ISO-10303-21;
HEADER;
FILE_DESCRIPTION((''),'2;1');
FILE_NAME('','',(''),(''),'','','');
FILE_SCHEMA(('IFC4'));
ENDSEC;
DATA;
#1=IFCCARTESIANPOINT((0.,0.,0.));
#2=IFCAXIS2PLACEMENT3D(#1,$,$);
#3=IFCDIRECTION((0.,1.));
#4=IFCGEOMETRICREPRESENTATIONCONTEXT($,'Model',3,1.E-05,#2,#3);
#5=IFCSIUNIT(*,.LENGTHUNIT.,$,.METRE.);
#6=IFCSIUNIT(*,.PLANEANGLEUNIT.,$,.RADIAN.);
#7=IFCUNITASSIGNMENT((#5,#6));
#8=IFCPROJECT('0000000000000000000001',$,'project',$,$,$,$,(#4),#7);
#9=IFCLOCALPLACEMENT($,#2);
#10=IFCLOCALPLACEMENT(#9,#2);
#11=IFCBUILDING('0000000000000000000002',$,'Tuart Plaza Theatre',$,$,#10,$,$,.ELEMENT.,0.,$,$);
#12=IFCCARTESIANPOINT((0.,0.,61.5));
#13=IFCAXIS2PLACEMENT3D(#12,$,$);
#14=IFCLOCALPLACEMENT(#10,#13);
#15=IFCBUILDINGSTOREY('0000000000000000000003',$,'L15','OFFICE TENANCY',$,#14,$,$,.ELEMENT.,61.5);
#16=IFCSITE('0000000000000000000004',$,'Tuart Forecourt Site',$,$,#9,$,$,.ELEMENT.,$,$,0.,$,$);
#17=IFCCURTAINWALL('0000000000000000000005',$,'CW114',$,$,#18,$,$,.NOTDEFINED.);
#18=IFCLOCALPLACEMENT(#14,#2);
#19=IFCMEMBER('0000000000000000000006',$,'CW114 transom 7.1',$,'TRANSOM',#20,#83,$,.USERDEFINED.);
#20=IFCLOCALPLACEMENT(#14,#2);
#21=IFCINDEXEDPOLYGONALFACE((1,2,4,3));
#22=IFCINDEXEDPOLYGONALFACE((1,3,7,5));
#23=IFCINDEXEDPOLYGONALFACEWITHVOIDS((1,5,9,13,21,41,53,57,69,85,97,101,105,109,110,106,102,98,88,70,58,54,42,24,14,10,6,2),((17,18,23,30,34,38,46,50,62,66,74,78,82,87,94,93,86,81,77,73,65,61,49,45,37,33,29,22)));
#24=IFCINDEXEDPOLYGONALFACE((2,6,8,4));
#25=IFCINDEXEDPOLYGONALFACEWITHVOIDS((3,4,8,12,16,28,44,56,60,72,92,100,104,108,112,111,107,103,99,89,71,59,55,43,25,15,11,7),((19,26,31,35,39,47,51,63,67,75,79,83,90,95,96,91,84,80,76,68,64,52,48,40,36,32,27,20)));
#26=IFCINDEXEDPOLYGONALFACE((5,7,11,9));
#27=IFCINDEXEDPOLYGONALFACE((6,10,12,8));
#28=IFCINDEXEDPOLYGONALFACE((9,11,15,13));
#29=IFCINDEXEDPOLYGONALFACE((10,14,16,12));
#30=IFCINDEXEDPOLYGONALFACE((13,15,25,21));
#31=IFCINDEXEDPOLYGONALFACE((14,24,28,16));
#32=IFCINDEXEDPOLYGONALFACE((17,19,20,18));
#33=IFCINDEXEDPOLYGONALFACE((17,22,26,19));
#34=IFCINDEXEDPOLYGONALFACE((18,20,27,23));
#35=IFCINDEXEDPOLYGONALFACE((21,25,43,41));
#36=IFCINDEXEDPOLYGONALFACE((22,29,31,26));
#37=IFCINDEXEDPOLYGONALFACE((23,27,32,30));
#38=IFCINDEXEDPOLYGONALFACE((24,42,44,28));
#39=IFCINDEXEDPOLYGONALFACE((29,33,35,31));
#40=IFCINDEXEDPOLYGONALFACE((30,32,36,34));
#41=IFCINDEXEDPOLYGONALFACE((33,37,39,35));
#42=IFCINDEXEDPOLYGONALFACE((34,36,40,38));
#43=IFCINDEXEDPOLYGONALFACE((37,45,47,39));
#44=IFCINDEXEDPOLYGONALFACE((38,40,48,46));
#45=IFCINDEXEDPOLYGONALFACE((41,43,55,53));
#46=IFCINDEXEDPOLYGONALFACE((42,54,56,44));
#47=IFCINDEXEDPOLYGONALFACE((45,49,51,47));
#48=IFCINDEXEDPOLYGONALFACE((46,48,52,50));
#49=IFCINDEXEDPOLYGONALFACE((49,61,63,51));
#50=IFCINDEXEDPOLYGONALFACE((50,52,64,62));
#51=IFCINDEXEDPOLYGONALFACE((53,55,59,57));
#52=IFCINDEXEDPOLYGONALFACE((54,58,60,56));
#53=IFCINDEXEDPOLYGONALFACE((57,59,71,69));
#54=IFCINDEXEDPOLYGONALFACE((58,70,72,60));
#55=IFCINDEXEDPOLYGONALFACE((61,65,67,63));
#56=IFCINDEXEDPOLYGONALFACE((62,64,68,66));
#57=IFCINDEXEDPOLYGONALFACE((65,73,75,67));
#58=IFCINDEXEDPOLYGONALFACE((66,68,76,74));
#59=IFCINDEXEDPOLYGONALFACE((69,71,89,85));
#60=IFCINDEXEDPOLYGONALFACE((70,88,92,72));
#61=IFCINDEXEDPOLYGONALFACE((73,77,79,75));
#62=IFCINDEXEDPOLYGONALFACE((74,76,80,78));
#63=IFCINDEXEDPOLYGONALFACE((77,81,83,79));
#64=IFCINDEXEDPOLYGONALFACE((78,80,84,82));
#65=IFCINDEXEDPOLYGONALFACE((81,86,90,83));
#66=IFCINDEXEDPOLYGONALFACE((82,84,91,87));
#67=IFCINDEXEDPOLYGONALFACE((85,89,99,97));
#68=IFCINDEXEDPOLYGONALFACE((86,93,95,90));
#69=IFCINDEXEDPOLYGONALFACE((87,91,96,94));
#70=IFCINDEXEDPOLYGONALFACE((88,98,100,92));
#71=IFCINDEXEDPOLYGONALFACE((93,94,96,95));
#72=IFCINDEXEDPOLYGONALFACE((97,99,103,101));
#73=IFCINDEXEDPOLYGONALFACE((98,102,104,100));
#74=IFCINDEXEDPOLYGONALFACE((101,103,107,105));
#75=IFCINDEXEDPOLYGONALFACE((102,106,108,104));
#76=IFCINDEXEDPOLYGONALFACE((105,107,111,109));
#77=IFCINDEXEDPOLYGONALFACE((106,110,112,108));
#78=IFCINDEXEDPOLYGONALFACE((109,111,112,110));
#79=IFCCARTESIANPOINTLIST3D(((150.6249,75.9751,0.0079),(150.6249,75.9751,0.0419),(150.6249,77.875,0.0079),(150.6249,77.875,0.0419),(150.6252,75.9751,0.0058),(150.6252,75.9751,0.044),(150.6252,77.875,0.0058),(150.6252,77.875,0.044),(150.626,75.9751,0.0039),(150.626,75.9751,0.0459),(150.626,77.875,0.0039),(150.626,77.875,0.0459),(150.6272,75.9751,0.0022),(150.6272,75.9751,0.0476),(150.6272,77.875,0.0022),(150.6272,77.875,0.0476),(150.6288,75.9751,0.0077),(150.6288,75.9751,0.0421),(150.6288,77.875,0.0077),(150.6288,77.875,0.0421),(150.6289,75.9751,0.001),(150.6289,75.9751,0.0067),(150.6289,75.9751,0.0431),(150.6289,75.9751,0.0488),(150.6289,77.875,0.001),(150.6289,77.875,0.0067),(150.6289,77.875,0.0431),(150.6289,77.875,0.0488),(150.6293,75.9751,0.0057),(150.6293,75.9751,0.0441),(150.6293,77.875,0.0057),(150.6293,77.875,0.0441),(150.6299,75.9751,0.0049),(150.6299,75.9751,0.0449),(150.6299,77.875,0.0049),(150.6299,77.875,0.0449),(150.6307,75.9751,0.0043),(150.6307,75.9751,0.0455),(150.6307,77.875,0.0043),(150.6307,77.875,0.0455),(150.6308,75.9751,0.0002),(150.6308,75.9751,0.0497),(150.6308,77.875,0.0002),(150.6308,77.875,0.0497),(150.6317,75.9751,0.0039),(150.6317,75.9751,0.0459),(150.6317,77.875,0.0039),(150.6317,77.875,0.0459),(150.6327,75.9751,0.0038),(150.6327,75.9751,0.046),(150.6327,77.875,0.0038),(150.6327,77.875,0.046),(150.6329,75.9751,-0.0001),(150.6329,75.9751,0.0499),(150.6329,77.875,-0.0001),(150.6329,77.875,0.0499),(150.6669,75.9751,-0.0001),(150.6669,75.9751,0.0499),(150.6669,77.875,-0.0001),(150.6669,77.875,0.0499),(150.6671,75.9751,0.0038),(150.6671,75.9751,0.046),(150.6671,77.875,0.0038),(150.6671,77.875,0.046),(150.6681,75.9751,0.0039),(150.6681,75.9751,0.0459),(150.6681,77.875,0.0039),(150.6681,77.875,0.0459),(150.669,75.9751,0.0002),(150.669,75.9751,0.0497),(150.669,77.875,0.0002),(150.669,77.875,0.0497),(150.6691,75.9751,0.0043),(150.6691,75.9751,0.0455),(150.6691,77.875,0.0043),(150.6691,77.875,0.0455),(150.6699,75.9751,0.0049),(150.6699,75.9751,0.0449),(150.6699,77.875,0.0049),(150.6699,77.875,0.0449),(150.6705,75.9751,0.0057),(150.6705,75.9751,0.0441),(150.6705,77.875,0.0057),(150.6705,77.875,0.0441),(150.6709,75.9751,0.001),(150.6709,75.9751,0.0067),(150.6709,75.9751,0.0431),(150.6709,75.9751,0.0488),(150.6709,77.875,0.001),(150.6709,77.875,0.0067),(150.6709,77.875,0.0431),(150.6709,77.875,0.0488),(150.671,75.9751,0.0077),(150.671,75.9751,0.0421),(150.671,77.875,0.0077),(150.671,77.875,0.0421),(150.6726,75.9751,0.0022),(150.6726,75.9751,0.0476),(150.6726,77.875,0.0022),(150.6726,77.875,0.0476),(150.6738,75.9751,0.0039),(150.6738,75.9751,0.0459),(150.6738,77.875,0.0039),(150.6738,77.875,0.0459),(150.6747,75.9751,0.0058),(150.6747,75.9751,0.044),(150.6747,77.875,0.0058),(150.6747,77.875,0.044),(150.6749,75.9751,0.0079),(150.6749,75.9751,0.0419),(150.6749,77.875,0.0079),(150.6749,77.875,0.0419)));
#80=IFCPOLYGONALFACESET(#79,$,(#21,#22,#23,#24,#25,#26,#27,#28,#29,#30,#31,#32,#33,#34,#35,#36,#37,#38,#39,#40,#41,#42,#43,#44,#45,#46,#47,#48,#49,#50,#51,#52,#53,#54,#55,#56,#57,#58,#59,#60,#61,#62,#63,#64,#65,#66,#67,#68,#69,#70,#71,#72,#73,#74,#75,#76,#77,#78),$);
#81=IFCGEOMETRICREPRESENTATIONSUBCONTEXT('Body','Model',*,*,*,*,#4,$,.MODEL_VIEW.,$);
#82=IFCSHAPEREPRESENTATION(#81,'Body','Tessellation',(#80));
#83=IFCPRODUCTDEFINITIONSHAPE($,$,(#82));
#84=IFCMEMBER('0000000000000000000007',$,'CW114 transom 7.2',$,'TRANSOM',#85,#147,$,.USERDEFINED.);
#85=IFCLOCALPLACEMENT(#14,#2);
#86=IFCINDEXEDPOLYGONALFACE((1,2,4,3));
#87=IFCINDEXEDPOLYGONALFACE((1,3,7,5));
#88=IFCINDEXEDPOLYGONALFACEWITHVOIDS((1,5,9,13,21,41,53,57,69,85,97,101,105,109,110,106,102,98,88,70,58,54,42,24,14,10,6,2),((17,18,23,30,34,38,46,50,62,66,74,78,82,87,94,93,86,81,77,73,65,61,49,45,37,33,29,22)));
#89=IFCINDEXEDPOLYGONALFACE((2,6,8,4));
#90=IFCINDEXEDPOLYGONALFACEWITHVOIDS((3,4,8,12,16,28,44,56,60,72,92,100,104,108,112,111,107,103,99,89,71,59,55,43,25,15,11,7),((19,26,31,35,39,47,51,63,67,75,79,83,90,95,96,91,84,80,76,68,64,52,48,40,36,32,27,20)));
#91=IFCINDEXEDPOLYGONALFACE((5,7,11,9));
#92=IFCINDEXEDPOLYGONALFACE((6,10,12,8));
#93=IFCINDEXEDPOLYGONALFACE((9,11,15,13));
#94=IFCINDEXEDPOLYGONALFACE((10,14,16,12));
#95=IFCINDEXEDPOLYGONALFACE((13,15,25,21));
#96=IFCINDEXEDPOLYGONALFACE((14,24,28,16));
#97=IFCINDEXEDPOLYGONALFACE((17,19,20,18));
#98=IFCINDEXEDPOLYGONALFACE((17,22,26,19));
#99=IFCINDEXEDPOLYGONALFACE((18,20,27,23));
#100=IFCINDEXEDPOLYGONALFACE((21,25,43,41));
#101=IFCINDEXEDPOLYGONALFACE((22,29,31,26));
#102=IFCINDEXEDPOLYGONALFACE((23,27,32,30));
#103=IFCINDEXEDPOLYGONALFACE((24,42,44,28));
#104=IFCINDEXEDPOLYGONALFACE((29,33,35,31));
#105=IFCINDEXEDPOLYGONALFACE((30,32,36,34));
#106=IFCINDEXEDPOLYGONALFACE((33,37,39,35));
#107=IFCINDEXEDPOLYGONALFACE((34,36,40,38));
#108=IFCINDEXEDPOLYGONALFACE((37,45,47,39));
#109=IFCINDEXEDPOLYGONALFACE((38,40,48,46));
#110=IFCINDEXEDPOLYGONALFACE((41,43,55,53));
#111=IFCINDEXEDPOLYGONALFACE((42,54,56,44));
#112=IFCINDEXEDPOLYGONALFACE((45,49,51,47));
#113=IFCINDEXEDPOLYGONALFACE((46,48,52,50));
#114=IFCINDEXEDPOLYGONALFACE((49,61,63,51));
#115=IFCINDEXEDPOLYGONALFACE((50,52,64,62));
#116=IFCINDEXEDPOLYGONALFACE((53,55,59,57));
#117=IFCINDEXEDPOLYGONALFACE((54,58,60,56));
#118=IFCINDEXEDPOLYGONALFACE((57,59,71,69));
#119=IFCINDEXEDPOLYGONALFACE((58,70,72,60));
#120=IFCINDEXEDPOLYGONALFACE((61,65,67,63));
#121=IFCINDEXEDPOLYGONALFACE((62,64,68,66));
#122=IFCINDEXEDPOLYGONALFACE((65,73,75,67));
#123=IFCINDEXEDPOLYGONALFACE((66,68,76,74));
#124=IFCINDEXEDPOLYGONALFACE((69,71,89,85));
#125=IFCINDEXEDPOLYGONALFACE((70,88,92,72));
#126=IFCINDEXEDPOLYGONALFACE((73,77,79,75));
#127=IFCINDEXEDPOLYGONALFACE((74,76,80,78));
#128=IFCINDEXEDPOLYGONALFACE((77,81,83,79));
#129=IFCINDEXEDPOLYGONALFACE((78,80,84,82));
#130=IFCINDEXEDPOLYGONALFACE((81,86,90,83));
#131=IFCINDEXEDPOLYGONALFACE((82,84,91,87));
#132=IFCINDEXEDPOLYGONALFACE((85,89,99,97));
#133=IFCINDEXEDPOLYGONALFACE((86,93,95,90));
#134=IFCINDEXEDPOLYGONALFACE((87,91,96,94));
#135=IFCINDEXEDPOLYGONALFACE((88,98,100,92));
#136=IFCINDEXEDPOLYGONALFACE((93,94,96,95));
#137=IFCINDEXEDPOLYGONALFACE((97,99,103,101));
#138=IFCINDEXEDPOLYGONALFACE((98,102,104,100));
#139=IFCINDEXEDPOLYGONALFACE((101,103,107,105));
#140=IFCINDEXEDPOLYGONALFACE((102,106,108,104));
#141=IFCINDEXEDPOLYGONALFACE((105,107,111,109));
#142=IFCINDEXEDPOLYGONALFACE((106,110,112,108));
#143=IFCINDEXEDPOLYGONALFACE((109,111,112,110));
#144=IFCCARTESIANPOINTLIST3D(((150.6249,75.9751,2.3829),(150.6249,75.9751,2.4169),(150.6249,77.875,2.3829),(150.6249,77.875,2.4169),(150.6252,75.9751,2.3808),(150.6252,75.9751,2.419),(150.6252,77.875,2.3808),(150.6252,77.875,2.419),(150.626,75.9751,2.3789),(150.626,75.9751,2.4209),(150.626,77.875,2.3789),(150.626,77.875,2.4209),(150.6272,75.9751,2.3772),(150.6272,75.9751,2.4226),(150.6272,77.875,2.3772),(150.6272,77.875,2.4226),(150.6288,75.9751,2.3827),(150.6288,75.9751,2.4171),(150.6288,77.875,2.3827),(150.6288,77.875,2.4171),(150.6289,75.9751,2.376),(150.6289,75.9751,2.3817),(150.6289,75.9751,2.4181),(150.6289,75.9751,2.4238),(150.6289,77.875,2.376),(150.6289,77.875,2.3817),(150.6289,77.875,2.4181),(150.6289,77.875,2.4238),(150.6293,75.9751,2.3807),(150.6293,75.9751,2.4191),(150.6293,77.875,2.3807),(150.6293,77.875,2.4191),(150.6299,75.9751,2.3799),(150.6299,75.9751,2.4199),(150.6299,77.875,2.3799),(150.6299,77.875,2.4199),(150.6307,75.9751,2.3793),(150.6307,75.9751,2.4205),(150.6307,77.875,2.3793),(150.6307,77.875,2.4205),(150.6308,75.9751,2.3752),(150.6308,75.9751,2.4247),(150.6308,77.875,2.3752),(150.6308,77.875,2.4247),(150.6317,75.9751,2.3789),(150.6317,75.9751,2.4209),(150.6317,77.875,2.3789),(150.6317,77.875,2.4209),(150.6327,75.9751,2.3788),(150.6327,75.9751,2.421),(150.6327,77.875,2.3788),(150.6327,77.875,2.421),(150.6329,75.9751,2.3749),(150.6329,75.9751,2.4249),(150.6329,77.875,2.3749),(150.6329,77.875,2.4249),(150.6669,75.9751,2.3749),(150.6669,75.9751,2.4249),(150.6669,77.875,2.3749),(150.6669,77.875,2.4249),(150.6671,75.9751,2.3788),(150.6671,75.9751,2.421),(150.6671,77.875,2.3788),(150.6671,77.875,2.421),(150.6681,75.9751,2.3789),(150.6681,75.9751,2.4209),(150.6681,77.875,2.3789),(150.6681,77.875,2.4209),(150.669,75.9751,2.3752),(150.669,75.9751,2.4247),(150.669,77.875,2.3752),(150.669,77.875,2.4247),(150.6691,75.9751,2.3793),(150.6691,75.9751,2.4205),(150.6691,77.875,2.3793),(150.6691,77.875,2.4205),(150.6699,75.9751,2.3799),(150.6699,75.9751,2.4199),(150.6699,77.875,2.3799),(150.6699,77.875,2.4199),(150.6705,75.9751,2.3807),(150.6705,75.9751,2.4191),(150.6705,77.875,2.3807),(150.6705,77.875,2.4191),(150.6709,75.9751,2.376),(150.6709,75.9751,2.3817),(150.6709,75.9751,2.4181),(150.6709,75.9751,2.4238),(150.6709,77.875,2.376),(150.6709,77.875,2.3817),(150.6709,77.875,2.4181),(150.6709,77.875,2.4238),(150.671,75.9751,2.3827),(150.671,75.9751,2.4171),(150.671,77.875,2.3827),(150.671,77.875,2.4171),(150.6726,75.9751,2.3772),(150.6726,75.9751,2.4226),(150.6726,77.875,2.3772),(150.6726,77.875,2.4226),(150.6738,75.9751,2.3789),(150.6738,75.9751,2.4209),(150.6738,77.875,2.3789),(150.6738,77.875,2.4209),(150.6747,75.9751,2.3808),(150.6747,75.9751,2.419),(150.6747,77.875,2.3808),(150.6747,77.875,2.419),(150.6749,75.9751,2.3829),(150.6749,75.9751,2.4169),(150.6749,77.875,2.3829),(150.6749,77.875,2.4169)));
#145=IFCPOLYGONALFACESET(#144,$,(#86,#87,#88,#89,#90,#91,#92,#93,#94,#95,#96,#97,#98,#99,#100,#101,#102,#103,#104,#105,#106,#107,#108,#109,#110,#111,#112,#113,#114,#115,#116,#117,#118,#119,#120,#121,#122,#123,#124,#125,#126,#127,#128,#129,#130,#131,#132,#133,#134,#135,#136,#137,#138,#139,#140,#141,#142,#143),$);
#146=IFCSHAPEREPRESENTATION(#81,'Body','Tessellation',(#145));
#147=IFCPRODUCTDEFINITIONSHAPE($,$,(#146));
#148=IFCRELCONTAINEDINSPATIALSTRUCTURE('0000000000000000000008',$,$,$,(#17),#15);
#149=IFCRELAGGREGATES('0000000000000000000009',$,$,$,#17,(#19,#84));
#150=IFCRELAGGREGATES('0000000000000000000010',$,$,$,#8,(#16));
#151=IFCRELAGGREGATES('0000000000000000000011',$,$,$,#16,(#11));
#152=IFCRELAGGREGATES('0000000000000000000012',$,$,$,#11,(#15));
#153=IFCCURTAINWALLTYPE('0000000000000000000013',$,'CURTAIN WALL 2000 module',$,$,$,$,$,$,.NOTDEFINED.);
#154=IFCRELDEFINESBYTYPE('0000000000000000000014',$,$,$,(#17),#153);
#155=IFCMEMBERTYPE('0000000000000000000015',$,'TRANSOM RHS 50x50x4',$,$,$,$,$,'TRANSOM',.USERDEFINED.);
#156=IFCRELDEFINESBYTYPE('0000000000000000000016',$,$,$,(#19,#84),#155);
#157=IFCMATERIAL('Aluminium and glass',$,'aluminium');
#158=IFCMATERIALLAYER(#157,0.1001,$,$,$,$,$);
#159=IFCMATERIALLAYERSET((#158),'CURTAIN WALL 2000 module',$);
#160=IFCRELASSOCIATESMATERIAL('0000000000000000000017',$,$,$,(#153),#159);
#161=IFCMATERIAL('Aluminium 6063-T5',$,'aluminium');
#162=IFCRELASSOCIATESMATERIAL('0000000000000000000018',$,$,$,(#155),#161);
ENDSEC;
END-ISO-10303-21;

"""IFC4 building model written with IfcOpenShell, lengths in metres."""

from ifc_helpers import new_model, si_unit, direction, frame, origin, origin_2d, place, context, subcontext, project, spatial, hollow_rectangle, extrude, material, layer, layer_set, material_profile, profile_set, type_object, element, aggregate, save


model = new_model("IFC4")

# Units and contexts
model_context = context("Model", 3, precision=1e-05, world=origin(), true_north=direction((0.0, 1.0)))
body_context = subcontext(model_context, "Body", "Model", "MODEL_VIEW")
ifc_project = project(units=[si_unit("LENGTHUNIT", "METRE"), si_unit("PLANEANGLEUNIT", "RADIAN")], contexts=[model_context])

# Site, building, storey
site_placement = place(None, origin())
site = spatial("IfcSite", under=ifc_project, at=site_placement, Name="Tuart Forecourt Site", CompositionType="ELEMENT", RefElevation=0.0)
building_placement = place(site_placement, origin())
building = spatial("IfcBuilding", under=site, at=building_placement, Name="Tuart Plaza Theatre", CompositionType="ELEMENT", ElevationOfRefHeight=0.0)
storey_placement = place(building_placement, frame((0.0, 0.0, 61.5)))
storey = spatial("IfcBuildingStorey", under=building, at=storey_placement, Name="L15", Description="OFFICE TENANCY", CompositionType="ELEMENT", Elevation=61.5)

# Curtain wall, members
ifc_material_1 = material(Name="Aluminium and glass", Category="aluminium")
ifc_layer_1 = layer(ifc_material_1, 0.1001)
ifc_layer_set_1 = layer_set([ifc_layer_1], Name="CURTAIN WALL 2000 module")
curtain_wall_type = type_object("IfcCurtainWallType", Name="CURTAIN WALL 2000 module", PredefinedType="NOTDEFINED", material=ifc_layer_set_1)
curtain_wall_placement = place(storey_placement, origin())
curtain_wall = element("IfcCurtainWall", 1, at=curtain_wall_placement, inside=storey, type_object=curtain_wall_type, Name="CW114", PredefinedType="NOTDEFINED")
ifc_material_2 = material(Name="Aluminium 6063-T5", Category="aluminium")
ifc_material_profile_1 = material_profile(ifc_material_2, hollow_rectangle(XDim=0.05, YDim=0.05, WallThickness=0.0039, InnerFilletRadius=0.0039, OuterFilletRadius=0.0081, at=origin_2d()), Name="RHS 50x50x4")
ifc_profile_set_1 = profile_set([ifc_material_profile_1], Name="Aluminium 6063-T5")
member_type_1 = type_object("IfcMemberType", Name="TRANSOM RHS 50x50x4", ElementType="TRANSOM", PredefinedType="USERDEFINED", material=ifc_profile_set_1)
member_1_placement = place(storey_placement, frame((150.6499, 75.9751, 0.0249), z_axis=(0.0, 1.0, 0.0), x_axis=(-1.0, 0.0, 0.0)))
member_1 = element("IfcMember", 2, at=member_1_placement, type_object=member_type_1, Name="CW114 transom 7.1", ObjectType="TRANSOM", PredefinedType="USERDEFINED", context=body_context, shape_type="SweptSolid", body=[
    extrude(hollow_rectangle(XDim=0.05, YDim=0.05, WallThickness=0.0039, InnerFilletRadius=0.0039, OuterFilletRadius=0.0081, at=origin_2d()), origin(), (0.0, 0.0, 1.0), 1.8999),
])
member_2_placement = place(storey_placement, frame((150.6499, 75.9751, 2.3999), z_axis=(0.0, 1.0, 0.0), x_axis=(-1.0, 0.0, 0.0)))
member_2 = element("IfcMember", 3, at=member_2_placement, type_object=member_type_1, Name="CW114 transom 7.2", ObjectType="TRANSOM", PredefinedType="USERDEFINED", context=body_context, shape_type="SweptSolid", body=[
    extrude(hollow_rectangle(XDim=0.05, YDim=0.05, WallThickness=0.0039, InnerFilletRadius=0.0039, OuterFilletRadius=0.0081, at=origin_2d()), origin(), (0.0, 0.0, 1.0), 1.8999),
])
aggregate(curtain_wall, [member_1, member_2])

save(model, "model.ifc")
